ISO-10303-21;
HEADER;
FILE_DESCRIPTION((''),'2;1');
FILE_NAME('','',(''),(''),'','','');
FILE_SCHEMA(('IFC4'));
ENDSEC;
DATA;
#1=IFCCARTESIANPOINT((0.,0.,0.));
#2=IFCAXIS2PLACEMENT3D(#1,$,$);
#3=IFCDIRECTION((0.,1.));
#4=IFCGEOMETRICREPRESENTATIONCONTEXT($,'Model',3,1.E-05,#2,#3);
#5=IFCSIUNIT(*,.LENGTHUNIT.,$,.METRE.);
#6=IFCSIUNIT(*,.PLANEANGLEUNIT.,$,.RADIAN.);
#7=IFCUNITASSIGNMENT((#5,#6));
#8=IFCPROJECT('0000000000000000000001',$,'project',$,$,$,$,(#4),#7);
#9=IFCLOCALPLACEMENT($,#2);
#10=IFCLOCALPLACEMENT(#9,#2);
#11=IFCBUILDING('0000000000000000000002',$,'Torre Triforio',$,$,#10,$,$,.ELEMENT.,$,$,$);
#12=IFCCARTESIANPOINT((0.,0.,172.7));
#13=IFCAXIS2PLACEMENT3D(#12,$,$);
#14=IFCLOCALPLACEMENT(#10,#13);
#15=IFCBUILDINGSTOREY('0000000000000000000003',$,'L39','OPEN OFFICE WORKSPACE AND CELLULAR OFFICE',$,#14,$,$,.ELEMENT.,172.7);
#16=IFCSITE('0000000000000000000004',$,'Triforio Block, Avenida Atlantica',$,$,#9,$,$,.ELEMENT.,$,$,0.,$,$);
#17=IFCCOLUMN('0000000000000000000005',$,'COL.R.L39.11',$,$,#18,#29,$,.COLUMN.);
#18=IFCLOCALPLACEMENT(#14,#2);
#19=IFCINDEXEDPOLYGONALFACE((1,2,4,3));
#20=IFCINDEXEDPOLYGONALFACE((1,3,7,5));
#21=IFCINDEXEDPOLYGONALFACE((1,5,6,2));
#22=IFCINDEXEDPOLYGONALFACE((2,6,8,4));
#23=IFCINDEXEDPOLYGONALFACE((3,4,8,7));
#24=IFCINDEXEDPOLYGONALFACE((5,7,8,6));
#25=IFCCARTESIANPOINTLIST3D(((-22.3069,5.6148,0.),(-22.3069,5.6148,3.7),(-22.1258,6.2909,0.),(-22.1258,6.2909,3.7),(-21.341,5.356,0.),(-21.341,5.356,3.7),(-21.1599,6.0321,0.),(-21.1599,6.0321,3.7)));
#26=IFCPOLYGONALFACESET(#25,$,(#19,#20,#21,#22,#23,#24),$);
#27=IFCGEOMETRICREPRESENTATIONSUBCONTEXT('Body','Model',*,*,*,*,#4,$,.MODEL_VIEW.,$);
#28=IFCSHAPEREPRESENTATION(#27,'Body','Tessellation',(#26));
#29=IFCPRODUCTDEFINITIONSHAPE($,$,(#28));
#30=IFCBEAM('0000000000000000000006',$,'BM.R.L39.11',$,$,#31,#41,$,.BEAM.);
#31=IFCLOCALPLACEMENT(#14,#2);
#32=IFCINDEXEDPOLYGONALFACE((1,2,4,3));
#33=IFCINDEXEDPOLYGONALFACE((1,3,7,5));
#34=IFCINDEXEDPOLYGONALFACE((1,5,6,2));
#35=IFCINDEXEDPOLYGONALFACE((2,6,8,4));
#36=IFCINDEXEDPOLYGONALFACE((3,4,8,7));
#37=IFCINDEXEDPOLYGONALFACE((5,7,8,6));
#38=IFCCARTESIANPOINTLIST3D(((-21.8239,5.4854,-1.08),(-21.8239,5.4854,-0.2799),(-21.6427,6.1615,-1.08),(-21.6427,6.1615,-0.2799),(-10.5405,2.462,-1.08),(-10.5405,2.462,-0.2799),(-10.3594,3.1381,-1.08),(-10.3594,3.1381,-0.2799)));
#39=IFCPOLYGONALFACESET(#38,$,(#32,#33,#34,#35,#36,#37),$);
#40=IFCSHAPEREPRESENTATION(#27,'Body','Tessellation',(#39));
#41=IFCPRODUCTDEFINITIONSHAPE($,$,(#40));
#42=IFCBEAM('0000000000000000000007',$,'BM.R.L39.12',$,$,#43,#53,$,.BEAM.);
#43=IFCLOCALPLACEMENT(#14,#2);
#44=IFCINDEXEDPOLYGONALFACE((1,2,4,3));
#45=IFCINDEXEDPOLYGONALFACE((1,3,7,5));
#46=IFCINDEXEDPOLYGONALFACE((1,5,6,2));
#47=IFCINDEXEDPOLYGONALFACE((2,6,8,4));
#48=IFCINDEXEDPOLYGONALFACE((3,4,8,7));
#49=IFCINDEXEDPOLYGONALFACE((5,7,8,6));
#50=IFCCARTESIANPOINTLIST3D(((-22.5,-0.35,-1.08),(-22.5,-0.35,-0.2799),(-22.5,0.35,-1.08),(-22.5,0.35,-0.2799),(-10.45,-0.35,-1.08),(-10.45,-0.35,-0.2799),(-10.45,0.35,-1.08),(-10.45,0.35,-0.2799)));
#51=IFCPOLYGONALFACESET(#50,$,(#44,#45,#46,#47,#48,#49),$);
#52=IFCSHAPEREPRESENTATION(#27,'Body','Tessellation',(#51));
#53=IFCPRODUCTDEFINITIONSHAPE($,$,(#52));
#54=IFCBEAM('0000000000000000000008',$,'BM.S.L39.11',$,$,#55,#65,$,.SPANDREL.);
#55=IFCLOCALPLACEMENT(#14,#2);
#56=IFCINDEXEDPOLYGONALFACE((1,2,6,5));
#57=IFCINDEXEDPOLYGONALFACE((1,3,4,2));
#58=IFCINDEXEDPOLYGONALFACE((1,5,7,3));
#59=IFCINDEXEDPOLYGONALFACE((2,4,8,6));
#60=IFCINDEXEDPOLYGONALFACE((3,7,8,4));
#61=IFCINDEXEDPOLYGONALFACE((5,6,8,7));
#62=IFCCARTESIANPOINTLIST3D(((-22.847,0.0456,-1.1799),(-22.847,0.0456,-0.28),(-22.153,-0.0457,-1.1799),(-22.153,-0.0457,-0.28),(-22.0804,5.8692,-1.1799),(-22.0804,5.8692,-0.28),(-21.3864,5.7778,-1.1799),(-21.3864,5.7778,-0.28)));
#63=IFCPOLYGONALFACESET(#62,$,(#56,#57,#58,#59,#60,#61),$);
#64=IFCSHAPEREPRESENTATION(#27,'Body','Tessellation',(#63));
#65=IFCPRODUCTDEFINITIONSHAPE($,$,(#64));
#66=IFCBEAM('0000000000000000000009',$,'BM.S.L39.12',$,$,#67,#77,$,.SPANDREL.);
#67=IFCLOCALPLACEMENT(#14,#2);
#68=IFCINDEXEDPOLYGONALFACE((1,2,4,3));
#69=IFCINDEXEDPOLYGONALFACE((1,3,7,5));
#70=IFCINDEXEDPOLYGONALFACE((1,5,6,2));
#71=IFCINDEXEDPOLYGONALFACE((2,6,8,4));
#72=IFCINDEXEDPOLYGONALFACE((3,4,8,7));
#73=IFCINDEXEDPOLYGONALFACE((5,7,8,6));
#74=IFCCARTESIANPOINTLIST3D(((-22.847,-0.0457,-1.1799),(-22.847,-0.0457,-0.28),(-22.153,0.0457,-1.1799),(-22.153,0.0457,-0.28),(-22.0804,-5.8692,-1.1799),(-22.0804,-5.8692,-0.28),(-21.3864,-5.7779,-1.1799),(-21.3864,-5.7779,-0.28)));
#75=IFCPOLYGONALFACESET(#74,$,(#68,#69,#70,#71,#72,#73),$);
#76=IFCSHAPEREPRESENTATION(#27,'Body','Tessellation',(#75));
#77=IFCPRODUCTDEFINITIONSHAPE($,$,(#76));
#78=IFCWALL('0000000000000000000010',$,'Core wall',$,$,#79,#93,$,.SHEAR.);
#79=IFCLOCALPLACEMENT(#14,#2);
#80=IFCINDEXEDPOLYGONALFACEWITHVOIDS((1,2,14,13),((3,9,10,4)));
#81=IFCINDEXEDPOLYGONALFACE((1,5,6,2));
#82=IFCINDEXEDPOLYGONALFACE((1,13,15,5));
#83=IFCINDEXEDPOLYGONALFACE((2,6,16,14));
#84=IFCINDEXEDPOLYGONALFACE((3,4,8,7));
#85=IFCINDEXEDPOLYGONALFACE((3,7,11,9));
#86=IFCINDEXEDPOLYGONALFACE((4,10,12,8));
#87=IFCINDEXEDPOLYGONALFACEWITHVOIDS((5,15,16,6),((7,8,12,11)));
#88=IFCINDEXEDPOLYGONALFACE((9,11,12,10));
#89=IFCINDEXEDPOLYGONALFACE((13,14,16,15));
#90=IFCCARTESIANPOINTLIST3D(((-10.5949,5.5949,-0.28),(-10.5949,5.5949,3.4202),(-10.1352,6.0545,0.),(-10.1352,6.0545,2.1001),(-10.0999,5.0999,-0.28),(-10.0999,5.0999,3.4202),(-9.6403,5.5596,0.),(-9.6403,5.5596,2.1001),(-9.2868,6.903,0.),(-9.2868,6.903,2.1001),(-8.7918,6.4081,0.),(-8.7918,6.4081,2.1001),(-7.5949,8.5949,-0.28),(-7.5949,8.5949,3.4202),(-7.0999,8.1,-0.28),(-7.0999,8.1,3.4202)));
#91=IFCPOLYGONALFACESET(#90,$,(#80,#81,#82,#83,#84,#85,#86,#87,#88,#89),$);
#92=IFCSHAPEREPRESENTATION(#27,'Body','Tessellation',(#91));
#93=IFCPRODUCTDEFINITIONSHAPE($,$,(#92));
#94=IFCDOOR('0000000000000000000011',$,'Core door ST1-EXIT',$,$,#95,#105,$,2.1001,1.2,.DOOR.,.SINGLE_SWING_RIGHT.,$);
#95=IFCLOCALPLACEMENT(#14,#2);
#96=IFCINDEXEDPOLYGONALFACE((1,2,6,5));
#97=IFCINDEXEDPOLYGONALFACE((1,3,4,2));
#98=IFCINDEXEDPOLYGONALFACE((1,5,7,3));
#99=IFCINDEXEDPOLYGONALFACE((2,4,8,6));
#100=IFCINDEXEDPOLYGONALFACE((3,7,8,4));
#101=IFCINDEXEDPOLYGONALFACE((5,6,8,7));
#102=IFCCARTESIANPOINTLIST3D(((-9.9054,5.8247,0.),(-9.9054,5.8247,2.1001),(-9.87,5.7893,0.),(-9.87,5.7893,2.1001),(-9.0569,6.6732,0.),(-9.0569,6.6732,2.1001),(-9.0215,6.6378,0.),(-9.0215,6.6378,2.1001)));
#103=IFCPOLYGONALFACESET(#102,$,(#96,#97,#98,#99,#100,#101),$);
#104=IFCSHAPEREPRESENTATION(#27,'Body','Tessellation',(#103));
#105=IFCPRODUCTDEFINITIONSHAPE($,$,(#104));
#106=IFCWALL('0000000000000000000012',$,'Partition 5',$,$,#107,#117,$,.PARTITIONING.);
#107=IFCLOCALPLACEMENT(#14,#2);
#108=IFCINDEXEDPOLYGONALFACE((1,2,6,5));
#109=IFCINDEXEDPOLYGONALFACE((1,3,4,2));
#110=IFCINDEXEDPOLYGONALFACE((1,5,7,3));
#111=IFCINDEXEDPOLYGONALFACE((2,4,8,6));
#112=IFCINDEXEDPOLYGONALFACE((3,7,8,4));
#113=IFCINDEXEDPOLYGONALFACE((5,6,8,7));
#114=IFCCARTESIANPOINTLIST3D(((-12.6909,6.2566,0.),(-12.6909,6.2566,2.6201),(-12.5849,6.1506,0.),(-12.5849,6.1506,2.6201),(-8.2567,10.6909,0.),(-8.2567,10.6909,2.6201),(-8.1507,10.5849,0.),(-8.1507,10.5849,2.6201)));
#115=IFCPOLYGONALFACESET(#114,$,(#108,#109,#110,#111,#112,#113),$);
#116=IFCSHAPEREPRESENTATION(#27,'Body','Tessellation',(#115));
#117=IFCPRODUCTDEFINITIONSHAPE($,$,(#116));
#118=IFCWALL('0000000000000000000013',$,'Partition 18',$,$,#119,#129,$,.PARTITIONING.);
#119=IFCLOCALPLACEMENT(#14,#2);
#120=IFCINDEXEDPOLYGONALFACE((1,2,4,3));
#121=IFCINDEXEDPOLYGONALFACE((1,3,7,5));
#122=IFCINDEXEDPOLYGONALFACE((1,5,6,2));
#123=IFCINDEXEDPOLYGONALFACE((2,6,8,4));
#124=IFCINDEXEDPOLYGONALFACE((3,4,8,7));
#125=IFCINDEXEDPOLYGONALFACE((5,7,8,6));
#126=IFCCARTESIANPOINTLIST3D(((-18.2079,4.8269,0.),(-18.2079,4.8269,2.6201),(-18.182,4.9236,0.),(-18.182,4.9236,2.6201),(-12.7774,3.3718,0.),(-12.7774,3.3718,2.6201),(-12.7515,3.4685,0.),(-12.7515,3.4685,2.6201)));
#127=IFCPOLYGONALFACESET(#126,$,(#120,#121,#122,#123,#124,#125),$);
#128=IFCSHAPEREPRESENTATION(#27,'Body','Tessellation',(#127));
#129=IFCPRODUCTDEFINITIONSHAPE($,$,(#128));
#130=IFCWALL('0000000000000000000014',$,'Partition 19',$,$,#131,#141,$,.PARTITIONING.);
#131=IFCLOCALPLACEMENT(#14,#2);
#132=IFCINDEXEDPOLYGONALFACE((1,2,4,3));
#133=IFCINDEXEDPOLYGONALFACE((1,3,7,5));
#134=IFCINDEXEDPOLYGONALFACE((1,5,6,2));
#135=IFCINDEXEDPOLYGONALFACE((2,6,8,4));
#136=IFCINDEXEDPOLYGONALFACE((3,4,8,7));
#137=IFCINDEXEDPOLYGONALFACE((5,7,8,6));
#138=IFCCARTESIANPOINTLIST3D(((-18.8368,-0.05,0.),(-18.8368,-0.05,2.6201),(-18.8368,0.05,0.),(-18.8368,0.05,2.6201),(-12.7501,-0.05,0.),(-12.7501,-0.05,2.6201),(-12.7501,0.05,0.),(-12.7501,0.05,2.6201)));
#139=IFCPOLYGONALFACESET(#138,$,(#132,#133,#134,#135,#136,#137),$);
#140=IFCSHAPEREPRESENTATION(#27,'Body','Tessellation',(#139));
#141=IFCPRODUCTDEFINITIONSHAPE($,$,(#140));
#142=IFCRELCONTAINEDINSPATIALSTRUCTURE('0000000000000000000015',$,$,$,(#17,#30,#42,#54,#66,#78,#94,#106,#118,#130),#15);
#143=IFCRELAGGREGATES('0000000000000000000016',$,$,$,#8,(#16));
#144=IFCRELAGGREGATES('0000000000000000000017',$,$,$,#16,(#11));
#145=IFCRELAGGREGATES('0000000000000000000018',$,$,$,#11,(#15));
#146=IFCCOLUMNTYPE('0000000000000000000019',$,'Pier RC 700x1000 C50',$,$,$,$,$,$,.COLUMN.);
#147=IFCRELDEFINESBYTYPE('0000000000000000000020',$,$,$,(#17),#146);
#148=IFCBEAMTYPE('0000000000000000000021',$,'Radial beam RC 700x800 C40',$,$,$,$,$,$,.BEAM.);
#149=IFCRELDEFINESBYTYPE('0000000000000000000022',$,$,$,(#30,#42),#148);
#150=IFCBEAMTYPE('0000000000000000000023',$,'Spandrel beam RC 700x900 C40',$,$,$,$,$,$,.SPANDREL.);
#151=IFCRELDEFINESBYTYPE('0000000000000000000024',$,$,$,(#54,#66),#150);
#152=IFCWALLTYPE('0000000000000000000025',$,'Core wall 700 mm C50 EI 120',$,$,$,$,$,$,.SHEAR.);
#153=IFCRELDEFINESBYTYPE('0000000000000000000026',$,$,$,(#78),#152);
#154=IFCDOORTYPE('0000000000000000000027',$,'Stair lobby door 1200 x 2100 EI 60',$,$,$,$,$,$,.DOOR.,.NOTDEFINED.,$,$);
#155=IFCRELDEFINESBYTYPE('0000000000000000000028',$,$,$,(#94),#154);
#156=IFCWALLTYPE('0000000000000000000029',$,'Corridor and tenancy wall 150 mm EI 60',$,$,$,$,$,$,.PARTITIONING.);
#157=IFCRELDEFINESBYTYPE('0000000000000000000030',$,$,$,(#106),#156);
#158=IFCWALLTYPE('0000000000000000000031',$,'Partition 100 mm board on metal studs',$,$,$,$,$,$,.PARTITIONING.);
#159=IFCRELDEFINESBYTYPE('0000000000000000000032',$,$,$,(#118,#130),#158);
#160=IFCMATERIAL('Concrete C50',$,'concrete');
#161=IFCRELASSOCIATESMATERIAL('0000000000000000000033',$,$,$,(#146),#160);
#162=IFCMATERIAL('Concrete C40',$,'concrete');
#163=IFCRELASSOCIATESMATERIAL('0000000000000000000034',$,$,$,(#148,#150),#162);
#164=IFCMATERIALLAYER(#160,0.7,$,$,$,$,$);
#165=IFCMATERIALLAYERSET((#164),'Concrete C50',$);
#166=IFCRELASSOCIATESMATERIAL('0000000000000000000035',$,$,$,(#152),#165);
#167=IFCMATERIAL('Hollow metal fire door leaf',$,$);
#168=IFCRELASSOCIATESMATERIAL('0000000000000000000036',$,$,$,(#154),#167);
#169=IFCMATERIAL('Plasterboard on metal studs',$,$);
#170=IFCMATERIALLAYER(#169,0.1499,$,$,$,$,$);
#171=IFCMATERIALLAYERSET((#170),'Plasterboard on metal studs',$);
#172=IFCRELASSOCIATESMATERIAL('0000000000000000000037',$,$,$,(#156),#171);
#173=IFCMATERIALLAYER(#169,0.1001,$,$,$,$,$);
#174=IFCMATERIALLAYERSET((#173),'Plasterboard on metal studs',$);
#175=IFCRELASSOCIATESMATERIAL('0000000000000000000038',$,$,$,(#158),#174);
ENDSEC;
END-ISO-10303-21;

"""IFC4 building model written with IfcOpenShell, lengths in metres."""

from ifc_helpers import new_model, si_unit, direction, frame, frame_2d, origin, origin_2d, place, context, subcontext, project, spatial, rectangle, extrude, material, layer, layer_set, material_profile, profile_set, type_object, element, fill, save


model = new_model("IFC4")

# Units and contexts
model_context = context("Model", 3, precision=1e-05, world=origin(), true_north=direction((0.0, 1.0)))
body_context = subcontext(model_context, "Body", "Model", "MODEL_VIEW")
ifc_project = project(units=[si_unit("LENGTHUNIT", "METRE"), si_unit("PLANEANGLEUNIT", "RADIAN")], contexts=[model_context])

# Site, building, storey
site_placement = place(None, origin())
site = spatial("IfcSite", under=ifc_project, at=site_placement, Name="Triforio Block, Avenida Atlantica", CompositionType="ELEMENT", RefElevation=0.0)
building_placement = place(site_placement, origin())
building = spatial("IfcBuilding", under=site, at=building_placement, Name="Torre Triforio", CompositionType="ELEMENT")
storey_placement = place(building_placement, frame((0.0, 0.0, 172.7)))
storey = spatial("IfcBuildingStorey", under=building, at=storey_placement, Name="L39", Description="OPEN OFFICE WORKSPACE AND CELLULAR OFFICE", CompositionType="ELEMENT", Elevation=172.7)

# Column
ifc_material_1 = material(Name="Concrete C50", Category="concrete")
ifc_material_profile_1 = material_profile(ifc_material_1, rectangle(XDim=0.7, YDim=1.0, at=origin_2d()), Name="RC 700x1000")
ifc_profile_set_1 = profile_set([ifc_material_profile_1], Name="Concrete C50")
column_type = type_object("IfcColumnType", Name="Pier RC 700x1000 C50", PredefinedType="COLUMN", material=ifc_profile_set_1)
column_placement = place(storey_placement, frame((-21.7334, 5.8235, 0.0), z_axis=(0.0, 0.0, 1.0), x_axis=(-0.258819, -0.965926, 0.0)))
element("IfcColumn", 1, at=column_placement, inside=storey, type_object=column_type, Name="COL.R.L39.11", PredefinedType="COLUMN", context=body_context, shape_type="SweptSolid", body=[
    extrude(rectangle(XDim=0.7, YDim=1.0, at=origin_2d()), origin(), (0.0, 0.0, 1.0), 3.7),
])

# Beams
ifc_material_2 = material(Name="Concrete C40", Category="concrete")
ifc_material_profile_2 = material_profile(ifc_material_2, rectangle(XDim=0.7, YDim=0.8, at=origin_2d()), Name="RC 700x800")
ifc_profile_set_2 = profile_set([ifc_material_profile_2], Name="Concrete C40")
beam_type_1 = type_object("IfcBeamType", Name="Radial beam RC 700x800 C40", PredefinedType="BEAM", material=ifc_profile_set_2)
beam_1_placement = place(storey_placement, frame((-10.45, 2.8, -0.6799), z_axis=(-0.965925, 0.258823, 0.0), x_axis=(-0.258823, -0.965925, 0.0)))
element("IfcBeam", 2, at=beam_1_placement, inside=storey, type_object=beam_type_1, Name="BM.R.L39.11", PredefinedType="BEAM", context=body_context, shape_type="SweptSolid", body=[
    extrude(rectangle(XDim=0.7, YDim=0.8, at=origin_2d()), origin(), (0.0, 0.0, 1.0), 11.6814),
])
beam_2_placement = place(storey_placement, frame((-10.45, 0.0, -0.6799), z_axis=(-1.0, 0.0, 0.0), x_axis=(0.0, -1.0, 0.0)))
element("IfcBeam", 3, at=beam_2_placement, inside=storey, type_object=beam_type_1, Name="BM.R.L39.12", PredefinedType="BEAM", context=body_context, shape_type="SweptSolid", body=[
    extrude(rectangle(XDim=0.7, YDim=0.8, at=origin_2d()), origin(), (0.0, 0.0, 1.0), 12.05),
])
ifc_material_profile_3 = material_profile(ifc_material_2, rectangle(XDim=0.7, YDim=0.8999, at=origin_2d()), Name="RC 700x900")
ifc_profile_set_3 = profile_set([ifc_material_profile_3], Name="Concrete C40")
beam_type_2 = type_object("IfcBeamType", Name="Spandrel beam RC 700x900 C40", PredefinedType="SPANDREL", material=ifc_profile_set_3)
for number, where, z_axis, x_axis, name in (
    (4, (-21.7334, 5.8235, -0.73), (-0.130514, -0.991447, 0.0), (0.991447, -0.130514, 0.0), "BM.S.L39.11"),
    (5, (-22.5, 0.0, -0.73), (0.130514, -0.991447, 0.0), (0.991447, 0.130514, 0.0), "BM.S.L39.12"),
):
    element("IfcBeam", number, at=place(storey_placement, frame(where, z_axis=z_axis, x_axis=x_axis)), inside=storey, type_object=beam_type_2, Name=name, PredefinedType="SPANDREL", context=body_context, shape_type="SweptSolid", body=[
        extrude(rectangle(XDim=0.7, YDim=0.8999, at=origin_2d()), origin(), (0.0, 0.0, 1.0), 5.8738),
    ])

# Wall, opening, door
ifc_layer_1 = layer(ifc_material_1, 0.7)
ifc_layer_set_1 = layer_set([ifc_layer_1], Name="Concrete C50")
wall_type_1 = type_object("IfcWallType", Name="Core wall 700 mm C50 EI 120", PredefinedType="SHEAR", material=ifc_layer_set_1)
wall_1_placement = place(storey_placement, frame((-10.3474, 5.3474, -0.28), z_axis=(0.0, 0.0, 1.0), x_axis=(0.707107, 0.707107, 0.0)))
wall_1 = element("IfcWall", 6, at=wall_1_placement, inside=storey, type_object=wall_type_1, Name="Core wall", PredefinedType="SHEAR", context=body_context, shape_type="SweptSolid", body=[
    extrude(rectangle(XDim=4.2427, YDim=0.7, at=frame_2d((2.1213, 0.0))), origin(), (0.0, 0.0, 1.0), 3.7002),
])
opening_1_placement = place(wall_1_placement, frame((0.6499, 0.0, 0.28)))
opening_1 = element("IfcOpeningElement", 7, at=opening_1_placement, cuts=wall_1, PredefinedType="OPENING", context=body_context, shape_type="SweptSolid", body=[
    extrude(rectangle(XDim=1.2, YDim=2.1001, at=frame_2d((0.6001, 1.05))), frame((0.0, 0.3599, 0.0), z_axis=(0.0, -1.0, 0.0), x_axis=(1.0, 0.0, 0.0)), (0.0, 0.0, 1.0), 0.72),
])
ifc_material_3 = material(Name="Hollow metal fire door leaf")
door_type_1 = type_object("IfcDoorType", Name="Stair lobby door 1200 x 2100 EI 60", OperationType="NOTDEFINED", PredefinedType="DOOR", material=ifc_material_3)
door_1_placement = place(opening_1_placement, origin())
door_1 = element("IfcDoor", 8, at=door_1_placement, inside=storey, type_object=door_type_1, Name="Core door ST1-EXIT", OperationType="SINGLE_SWING_RIGHT", OverallHeight=2.1001, OverallWidth=1.2, PredefinedType="DOOR", context=body_context, shape_type="SweptSolid", body=[
    extrude(rectangle(XDim=1.2, YDim=2.1001, at=frame_2d((0.6001, 1.05))), frame((0.0, 0.0249, 0.0), z_axis=(0.0, -1.0, 0.0), x_axis=(1.0, 0.0, 0.0)), (0.0, 0.0, 1.0), 0.05),
])
fill(opening_1, door_1)

# Walls
ifc_material_4 = material(Name="Plasterboard on metal studs")
ifc_layer_2 = layer(ifc_material_4, 0.1499)
ifc_layer_set_2 = layer_set([ifc_layer_2], Name="Plasterboard on metal studs")
wall_type_2 = type_object("IfcWallType", Name="Corridor and tenancy wall 150 mm EI 60", PredefinedType="PARTITIONING", material=ifc_layer_set_2)
wall_2_placement = place(storey_placement, frame((-12.6379, 6.2036, 0.0), z_axis=(0.0, 0.0, 1.0), x_axis=(0.707107, 0.707107, 0.0)))
element("IfcWall", 9, at=wall_2_placement, inside=storey, type_object=wall_type_2, Name="Partition 5", PredefinedType="PARTITIONING", context=body_context, shape_type="SweptSolid", body=[
    extrude(rectangle(XDim=6.271, YDim=0.1499, at=frame_2d((3.1355, 0.0))), origin(), (0.0, 0.0, 1.0), 2.6201),
])
ifc_layer_3 = layer(ifc_material_4, 0.1001)
ifc_layer_set_3 = layer_set([ifc_layer_3], Name="Plasterboard on metal studs")
wall_type_3 = type_object("IfcWallType", Name="Partition 100 mm board on metal studs", PredefinedType="PARTITIONING", material=ifc_layer_set_3)
wall_3_placement = place(storey_placement, frame((-12.7644, 3.4202, 0.0), z_axis=(0.0, 0.0, 1.0), x_axis=(-0.965926, 0.258819, 0.0)))
element("IfcWall", 10, at=wall_3_placement, inside=storey, type_object=wall_type_3, Name="Partition 18", PredefinedType="PARTITIONING", context=body_context, shape_type="SweptSolid", body=[
    extrude(rectangle(XDim=5.6221, YDim=0.1001, at=frame_2d((2.811, 0.0))), origin(), (0.0, 0.0, 1.0), 2.6201),
])
wall_4_placement = place(storey_placement, frame((-12.75, 0.0, 0.0), z_axis=(0.0, 0.0, 1.0), x_axis=(-1.0, 0.0, 0.0)))
element("IfcWall", 11, at=wall_4_placement, inside=storey, type_object=wall_type_3, Name="Partition 19", PredefinedType="PARTITIONING", context=body_context, shape_type="SweptSolid", body=[
    extrude(rectangle(XDim=6.0867, YDim=0.1001, at=frame_2d((3.0435, 0.0))), origin(), (0.0, 0.0, 1.0), 2.6201),
])

save(model, "model.ifc")
